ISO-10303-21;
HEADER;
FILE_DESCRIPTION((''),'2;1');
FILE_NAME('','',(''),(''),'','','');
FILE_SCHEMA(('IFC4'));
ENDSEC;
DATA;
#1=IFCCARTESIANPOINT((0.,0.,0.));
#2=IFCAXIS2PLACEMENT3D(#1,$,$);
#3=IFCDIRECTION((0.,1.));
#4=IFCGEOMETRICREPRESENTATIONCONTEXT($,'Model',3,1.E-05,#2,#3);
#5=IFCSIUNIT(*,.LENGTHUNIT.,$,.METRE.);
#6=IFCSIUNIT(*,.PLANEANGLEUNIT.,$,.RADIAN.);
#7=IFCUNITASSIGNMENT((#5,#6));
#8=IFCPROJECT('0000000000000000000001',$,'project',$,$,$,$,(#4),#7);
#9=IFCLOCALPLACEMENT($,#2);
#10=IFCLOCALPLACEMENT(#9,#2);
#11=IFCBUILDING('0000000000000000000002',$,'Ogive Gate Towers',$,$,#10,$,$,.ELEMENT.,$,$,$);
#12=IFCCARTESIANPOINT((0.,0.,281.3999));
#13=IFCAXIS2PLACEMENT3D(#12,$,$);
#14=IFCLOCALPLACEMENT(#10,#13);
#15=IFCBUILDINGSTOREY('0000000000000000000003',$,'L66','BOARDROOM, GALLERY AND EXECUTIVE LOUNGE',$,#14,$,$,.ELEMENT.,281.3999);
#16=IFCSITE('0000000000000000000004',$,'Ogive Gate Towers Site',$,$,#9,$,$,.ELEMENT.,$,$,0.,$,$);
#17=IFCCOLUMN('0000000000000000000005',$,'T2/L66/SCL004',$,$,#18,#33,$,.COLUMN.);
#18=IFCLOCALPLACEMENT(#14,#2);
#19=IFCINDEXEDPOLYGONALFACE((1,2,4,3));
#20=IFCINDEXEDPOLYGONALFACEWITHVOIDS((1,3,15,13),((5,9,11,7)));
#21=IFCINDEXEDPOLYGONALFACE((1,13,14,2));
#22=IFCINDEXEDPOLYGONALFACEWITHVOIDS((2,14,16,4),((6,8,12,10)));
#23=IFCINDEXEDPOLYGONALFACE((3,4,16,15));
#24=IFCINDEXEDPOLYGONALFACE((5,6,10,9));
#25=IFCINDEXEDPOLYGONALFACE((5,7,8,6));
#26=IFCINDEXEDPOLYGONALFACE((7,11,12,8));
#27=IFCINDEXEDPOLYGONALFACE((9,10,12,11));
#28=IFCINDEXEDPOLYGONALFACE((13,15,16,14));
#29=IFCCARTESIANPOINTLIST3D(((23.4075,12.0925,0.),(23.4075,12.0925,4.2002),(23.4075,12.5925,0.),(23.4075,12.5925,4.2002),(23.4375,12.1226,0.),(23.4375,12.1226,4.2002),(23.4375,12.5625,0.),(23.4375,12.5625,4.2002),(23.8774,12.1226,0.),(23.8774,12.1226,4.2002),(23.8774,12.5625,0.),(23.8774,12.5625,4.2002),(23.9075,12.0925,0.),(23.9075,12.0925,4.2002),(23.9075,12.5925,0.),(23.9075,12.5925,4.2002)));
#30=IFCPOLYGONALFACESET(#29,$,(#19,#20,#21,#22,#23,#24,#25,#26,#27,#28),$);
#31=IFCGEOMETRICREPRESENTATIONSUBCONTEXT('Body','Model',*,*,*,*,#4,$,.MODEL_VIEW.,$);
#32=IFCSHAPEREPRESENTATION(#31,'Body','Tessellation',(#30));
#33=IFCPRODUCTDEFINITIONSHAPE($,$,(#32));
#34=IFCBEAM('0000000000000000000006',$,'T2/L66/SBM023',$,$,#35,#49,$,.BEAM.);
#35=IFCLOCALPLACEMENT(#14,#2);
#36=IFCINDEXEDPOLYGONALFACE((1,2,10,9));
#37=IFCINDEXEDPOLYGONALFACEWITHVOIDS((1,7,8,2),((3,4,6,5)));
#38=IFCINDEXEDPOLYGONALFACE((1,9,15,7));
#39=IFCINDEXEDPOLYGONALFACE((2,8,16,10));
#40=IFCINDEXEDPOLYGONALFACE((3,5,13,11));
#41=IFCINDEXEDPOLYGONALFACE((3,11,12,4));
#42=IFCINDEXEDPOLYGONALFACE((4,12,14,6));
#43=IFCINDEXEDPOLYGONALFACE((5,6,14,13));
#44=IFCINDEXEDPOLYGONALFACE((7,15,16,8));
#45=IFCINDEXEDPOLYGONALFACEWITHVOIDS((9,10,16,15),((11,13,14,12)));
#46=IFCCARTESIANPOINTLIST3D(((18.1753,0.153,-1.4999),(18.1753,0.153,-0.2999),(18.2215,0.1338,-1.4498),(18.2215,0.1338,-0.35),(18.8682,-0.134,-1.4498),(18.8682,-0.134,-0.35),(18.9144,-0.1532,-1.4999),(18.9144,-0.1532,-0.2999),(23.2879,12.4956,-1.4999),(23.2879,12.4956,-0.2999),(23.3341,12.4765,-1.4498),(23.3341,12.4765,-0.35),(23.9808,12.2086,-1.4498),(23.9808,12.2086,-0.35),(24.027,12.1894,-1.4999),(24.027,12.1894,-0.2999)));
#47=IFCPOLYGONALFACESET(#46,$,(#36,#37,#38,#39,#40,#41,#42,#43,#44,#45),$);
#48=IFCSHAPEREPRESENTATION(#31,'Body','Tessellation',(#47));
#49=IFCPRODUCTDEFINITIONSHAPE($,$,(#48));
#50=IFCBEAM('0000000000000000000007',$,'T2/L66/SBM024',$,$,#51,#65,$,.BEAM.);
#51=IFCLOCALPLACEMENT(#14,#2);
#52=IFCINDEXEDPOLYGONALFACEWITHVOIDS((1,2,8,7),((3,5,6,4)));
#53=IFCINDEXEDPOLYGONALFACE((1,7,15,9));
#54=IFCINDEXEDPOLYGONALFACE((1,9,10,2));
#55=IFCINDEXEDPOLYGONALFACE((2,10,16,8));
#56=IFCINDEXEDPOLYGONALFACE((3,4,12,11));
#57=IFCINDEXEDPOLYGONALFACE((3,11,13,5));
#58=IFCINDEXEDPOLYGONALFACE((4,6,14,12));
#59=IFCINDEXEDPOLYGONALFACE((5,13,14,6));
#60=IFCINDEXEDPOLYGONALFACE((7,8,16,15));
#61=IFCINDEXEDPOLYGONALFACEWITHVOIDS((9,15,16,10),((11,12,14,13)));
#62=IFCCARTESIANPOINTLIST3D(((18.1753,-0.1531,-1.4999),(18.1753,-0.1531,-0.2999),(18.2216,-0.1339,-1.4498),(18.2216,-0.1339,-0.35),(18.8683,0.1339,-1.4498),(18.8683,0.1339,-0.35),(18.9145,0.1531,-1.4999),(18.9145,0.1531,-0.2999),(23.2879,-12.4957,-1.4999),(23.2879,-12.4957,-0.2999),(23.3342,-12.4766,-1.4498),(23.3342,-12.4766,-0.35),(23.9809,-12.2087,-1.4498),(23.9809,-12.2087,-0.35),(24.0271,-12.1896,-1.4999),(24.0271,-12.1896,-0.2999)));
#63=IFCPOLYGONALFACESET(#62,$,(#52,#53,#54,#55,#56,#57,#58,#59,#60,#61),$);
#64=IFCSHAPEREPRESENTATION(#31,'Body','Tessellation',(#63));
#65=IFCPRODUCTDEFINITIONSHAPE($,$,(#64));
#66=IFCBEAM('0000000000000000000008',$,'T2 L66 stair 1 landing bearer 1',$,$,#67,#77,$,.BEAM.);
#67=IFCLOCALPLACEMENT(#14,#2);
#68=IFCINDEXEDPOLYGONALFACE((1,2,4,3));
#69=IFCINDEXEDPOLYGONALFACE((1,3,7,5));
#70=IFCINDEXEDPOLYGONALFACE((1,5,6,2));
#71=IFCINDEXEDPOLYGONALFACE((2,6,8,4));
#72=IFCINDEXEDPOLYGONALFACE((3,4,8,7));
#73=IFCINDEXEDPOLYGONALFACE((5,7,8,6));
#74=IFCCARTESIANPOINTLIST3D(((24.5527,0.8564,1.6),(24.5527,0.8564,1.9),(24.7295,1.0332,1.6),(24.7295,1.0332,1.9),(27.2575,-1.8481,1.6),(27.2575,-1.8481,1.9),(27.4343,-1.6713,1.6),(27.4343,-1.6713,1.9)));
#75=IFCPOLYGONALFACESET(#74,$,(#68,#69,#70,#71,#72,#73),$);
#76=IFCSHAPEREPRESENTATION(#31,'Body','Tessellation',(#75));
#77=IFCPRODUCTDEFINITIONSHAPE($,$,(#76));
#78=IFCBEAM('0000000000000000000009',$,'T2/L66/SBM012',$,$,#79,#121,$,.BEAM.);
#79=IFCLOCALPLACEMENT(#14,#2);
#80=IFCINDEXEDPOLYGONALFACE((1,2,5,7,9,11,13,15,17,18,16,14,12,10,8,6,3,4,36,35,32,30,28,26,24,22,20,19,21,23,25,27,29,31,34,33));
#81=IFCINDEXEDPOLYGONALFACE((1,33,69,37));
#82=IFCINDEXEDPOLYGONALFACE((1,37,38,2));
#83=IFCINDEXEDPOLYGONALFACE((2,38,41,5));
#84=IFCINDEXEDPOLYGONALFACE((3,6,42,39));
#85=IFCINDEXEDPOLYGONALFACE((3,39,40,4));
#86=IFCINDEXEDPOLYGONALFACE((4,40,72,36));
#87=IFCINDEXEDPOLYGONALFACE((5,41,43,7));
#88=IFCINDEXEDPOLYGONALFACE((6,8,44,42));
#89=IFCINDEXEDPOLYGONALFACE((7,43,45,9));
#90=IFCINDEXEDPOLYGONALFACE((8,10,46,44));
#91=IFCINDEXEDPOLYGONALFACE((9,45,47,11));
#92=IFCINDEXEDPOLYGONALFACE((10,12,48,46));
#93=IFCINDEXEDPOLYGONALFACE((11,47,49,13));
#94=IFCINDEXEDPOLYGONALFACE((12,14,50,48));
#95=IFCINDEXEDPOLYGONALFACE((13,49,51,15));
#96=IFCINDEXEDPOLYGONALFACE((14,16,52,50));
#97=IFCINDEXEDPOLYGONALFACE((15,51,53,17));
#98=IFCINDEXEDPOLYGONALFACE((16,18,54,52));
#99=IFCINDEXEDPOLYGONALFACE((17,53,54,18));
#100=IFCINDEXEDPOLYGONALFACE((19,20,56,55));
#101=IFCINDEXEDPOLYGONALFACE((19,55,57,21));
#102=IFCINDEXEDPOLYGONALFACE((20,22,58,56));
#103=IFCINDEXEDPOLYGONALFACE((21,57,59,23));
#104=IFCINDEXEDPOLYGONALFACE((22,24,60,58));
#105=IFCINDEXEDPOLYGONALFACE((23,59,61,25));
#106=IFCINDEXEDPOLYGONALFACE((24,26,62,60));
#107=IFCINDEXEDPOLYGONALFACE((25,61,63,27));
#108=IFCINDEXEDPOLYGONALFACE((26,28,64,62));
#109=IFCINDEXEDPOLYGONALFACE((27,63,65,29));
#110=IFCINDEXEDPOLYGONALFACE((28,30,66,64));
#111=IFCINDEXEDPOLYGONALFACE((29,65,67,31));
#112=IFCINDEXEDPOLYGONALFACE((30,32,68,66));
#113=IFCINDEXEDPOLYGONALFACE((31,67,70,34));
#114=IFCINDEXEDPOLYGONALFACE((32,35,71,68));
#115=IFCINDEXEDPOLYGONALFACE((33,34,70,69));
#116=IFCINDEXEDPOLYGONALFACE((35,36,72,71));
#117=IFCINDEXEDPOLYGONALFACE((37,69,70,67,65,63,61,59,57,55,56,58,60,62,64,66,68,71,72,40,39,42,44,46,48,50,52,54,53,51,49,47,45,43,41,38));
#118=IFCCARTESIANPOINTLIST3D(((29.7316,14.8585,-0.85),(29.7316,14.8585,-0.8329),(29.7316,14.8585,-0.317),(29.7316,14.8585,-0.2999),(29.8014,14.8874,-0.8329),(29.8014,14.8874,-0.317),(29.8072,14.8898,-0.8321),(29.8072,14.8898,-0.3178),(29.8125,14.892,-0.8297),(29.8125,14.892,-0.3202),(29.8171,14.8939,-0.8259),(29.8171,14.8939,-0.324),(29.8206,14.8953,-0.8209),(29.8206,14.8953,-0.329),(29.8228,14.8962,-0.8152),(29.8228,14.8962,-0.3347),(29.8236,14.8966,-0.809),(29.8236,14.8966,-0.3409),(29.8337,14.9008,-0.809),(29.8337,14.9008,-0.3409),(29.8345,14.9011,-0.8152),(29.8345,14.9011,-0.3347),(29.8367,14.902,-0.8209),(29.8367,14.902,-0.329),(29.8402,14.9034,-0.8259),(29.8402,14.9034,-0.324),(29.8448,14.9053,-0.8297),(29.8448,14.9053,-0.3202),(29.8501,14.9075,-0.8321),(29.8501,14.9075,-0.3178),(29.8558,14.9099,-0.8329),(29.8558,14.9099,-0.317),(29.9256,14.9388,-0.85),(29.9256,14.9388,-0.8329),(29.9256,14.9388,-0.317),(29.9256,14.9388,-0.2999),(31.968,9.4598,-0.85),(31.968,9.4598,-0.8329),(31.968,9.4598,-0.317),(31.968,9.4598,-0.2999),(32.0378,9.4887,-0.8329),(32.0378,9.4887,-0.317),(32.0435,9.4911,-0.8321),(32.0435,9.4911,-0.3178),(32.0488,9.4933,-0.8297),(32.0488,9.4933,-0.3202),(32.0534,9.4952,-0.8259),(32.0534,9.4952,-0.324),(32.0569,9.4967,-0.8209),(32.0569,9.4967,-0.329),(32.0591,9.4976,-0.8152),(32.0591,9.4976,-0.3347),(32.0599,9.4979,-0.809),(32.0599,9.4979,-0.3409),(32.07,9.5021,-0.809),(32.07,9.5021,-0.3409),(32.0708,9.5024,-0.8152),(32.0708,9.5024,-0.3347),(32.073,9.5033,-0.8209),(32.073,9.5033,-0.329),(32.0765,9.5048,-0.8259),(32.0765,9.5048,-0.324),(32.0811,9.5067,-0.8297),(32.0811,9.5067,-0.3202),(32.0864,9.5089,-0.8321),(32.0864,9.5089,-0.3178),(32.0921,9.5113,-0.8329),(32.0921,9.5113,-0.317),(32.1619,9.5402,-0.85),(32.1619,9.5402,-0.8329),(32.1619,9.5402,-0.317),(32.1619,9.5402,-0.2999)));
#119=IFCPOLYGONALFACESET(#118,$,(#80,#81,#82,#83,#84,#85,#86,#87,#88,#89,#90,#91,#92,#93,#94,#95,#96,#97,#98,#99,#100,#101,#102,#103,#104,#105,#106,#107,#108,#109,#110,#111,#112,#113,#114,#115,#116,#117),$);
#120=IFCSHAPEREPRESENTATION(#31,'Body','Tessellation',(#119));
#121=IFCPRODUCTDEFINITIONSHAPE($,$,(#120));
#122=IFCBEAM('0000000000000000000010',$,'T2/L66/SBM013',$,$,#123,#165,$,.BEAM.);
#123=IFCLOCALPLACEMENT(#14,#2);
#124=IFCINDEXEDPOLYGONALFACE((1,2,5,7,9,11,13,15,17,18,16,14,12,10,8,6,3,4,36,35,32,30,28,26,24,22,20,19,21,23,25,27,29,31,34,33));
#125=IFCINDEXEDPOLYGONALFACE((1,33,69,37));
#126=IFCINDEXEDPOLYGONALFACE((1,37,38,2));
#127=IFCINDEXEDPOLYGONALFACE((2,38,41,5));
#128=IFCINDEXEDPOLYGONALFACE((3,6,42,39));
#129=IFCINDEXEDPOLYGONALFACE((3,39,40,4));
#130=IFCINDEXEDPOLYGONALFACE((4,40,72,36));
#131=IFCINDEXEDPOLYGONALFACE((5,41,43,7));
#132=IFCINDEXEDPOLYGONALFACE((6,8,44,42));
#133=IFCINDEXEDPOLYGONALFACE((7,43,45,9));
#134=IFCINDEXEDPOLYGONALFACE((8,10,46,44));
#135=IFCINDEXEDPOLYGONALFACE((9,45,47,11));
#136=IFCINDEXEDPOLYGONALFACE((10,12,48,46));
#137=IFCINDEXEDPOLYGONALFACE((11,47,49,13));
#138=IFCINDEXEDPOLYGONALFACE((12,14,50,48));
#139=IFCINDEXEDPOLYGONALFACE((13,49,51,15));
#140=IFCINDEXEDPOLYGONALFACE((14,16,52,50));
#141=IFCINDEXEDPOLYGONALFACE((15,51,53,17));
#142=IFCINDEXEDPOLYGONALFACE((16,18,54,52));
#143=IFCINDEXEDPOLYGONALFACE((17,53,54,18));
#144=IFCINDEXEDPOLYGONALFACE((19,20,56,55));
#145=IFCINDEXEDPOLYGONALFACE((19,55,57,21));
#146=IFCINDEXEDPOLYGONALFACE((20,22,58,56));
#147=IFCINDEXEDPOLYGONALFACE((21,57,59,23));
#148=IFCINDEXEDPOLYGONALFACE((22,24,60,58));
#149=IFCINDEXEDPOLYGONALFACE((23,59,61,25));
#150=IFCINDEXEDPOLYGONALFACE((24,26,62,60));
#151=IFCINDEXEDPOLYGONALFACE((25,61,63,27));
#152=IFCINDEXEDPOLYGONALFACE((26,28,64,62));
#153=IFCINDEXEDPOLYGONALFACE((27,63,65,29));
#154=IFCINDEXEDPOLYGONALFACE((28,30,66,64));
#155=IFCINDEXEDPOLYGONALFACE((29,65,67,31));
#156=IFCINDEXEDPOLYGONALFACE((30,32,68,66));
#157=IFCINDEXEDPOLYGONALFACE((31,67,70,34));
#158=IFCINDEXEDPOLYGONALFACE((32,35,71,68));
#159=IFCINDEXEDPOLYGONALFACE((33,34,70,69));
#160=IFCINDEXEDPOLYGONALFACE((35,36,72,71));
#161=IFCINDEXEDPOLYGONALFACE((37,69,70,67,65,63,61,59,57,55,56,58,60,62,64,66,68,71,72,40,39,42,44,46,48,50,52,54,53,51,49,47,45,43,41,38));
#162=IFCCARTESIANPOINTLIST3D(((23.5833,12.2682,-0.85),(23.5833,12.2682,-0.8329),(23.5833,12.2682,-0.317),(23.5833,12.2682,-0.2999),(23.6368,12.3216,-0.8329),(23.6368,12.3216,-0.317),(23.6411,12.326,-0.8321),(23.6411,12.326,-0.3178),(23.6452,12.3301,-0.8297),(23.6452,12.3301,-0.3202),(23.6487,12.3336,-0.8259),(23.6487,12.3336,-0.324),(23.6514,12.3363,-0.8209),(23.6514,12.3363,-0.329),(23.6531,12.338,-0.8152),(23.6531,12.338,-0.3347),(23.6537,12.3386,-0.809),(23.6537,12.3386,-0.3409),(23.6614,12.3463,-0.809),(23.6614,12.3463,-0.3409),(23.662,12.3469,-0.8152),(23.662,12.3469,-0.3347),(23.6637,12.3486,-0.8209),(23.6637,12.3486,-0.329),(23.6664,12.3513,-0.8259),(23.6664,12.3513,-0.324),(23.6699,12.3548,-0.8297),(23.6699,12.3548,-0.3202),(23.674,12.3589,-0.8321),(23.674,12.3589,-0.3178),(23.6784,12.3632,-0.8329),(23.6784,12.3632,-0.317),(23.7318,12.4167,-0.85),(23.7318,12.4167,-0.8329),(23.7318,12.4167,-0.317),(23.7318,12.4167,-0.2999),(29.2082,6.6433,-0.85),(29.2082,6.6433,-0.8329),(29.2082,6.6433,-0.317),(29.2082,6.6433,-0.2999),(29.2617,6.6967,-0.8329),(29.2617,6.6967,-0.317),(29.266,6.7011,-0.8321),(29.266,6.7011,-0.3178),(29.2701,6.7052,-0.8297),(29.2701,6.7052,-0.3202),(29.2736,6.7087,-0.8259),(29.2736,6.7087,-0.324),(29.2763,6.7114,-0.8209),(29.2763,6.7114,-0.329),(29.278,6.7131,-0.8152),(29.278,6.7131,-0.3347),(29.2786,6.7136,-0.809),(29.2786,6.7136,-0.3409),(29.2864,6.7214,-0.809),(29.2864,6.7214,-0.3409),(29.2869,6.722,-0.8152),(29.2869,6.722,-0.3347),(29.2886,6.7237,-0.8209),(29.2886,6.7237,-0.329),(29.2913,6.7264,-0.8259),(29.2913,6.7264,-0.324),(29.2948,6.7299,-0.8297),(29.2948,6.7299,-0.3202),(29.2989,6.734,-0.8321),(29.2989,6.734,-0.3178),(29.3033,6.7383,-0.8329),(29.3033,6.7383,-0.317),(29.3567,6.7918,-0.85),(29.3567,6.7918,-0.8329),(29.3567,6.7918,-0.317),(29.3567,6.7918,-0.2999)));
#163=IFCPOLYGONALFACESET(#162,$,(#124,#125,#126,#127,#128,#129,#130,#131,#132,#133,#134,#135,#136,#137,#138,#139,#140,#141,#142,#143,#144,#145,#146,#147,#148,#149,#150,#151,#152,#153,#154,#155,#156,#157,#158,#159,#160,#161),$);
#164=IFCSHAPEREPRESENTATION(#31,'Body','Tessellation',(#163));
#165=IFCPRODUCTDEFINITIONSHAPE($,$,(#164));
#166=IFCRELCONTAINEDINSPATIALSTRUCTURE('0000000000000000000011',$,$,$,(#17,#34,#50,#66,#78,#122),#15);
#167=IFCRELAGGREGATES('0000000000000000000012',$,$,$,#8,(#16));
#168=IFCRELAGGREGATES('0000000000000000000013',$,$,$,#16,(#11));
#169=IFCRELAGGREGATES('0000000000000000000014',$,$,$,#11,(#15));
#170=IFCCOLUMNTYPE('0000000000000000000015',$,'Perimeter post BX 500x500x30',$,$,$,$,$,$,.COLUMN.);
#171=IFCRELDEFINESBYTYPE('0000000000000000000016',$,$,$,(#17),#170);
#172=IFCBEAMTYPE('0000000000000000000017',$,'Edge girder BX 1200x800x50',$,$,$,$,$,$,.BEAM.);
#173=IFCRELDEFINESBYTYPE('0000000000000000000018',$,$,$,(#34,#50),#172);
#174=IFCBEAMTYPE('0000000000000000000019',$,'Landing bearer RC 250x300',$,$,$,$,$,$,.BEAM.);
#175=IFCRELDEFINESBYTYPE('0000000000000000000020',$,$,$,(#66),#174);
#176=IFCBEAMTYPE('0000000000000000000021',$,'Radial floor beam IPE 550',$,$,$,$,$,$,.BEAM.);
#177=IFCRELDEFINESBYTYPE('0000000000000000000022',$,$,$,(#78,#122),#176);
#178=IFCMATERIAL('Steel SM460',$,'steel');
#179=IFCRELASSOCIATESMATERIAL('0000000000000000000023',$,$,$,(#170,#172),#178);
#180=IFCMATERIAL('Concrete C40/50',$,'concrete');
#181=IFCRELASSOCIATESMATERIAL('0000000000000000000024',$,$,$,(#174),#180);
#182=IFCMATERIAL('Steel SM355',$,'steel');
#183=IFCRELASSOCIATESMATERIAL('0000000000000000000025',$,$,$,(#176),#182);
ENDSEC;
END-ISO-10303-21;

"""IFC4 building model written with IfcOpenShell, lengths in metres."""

from ifc_helpers import new_model, si_unit, direction, frame, origin, origin_2d, place, context, subcontext, project, spatial, rectangle, hollow_rectangle, i_section, extrude, material, material_profile, profile_set, type_object, element, save


model = new_model("IFC4")

# Units and contexts
model_context = context("Model", 3, precision=1e-05, world=origin(), true_north=direction((0.0, 1.0)))
body_context = subcontext(model_context, "Body", "Model", "MODEL_VIEW")
ifc_project = project(units=[si_unit("LENGTHUNIT", "METRE"), si_unit("PLANEANGLEUNIT", "RADIAN")], contexts=[model_context])

# Site, building, storey
site_placement = place(None, origin())
site = spatial("IfcSite", under=ifc_project, at=site_placement, Name="Ogive Gate Towers Site", CompositionType="ELEMENT", RefElevation=0.0)
building_placement = place(site_placement, origin())
building = spatial("IfcBuilding", under=site, at=building_placement, Name="Ogive Gate Towers", CompositionType="ELEMENT")
storey_placement = place(building_placement, frame((0.0, 0.0, 281.3999)))
storey = spatial("IfcBuildingStorey", under=building, at=storey_placement, Name="L66", Description="BOARDROOM, GALLERY AND EXECUTIVE LOUNGE", CompositionType="ELEMENT", Elevation=281.3999)

# Column
ifc_material_1 = material(Name="Steel SM460", Category="steel")
ifc_material_profile_1 = material_profile(ifc_material_1, hollow_rectangle(XDim=0.5, YDim=0.5, WallThickness=0.03, at=origin_2d()), Name="BX 500x500x30")
ifc_profile_set_1 = profile_set([ifc_material_profile_1], Name="Steel SM460")
column_type = type_object("IfcColumnType", Name="Perimeter post BX 500x500x30", PredefinedType="COLUMN", material=ifc_profile_set_1)
column_placement = place(storey_placement, frame((23.6575, 12.3425, 0.0), z_axis=(0.0, 0.0, 1.0), x_axis=(1.0, 0.0, 0.0)))
element("IfcColumn", 1, at=column_placement, inside=storey, type_object=column_type, Name="T2/L66/SCL004", PredefinedType="COLUMN", context=body_context, shape_type="SweptSolid", body=[
    extrude(hollow_rectangle(XDim=0.5, YDim=0.5, WallThickness=0.03, at=origin_2d()), origin(), (0.0, 0.0, 1.0), 4.2002),
])

# Beams
ifc_material_profile_2 = material_profile(ifc_material_1, hollow_rectangle(XDim=0.8, YDim=1.2, WallThickness=0.05, at=origin_2d()), Name="BX 1200x800x50")
ifc_profile_set_2 = profile_set([ifc_material_profile_2], Name="Steel SM460")
beam_type_1 = type_object("IfcBeamType", Name="Edge girder BX 1200x800x50", PredefinedType="BEAM", material=ifc_profile_set_2)
for number, where, z_axis, x_axis, name in (
    (2, (23.6575, 12.3425, -0.8999), (-0.38269, -0.923877, 0.0), (0.923877, -0.38269, 0.0), "T2/L66/SBM023"),
    (3, (18.5449, 0.0, -0.8999), (0.38269, -0.923877, 0.0), (0.923877, 0.38269, 0.0), "T2/L66/SBM024"),
):
    element("IfcBeam", number, at=place(storey_placement, frame(where, z_axis=z_axis, x_axis=x_axis)), inside=storey, type_object=beam_type_1, Name=name, PredefinedType="BEAM", context=body_context, shape_type="SweptSolid", body=[
        extrude(hollow_rectangle(XDim=0.8, YDim=1.2, WallThickness=0.05, at=origin_2d()), origin(), (0.0, 0.0, 1.0), 13.3596),
    ])
ifc_material_2 = material(Name="Concrete C40/50", Category="concrete")
ifc_material_profile_3 = material_profile(ifc_material_2, rectangle(XDim=0.25, YDim=0.3, at=origin_2d()), Name="RC 250x300")
ifc_profile_set_3 = profile_set([ifc_material_profile_3], Name="Concrete C40/50")
beam_type_2 = type_object("IfcBeamType", Name="Landing bearer RC 250x300", PredefinedType="BEAM", material=ifc_profile_set_3)
beam_1_placement = place(storey_placement, frame((24.6411, 0.9448, 1.75), z_axis=(0.707139, -0.707075, 0.0), x_axis=(0.707075, 0.707139, 0.0)))
element("IfcBeam", 4, at=beam_1_placement, inside=storey, type_object=beam_type_2, Name="T2 L66 stair 1 landing bearer 1", PredefinedType="BEAM", context=body_context, shape_type="SweptSolid", body=[
    extrude(rectangle(XDim=0.25, YDim=0.3, at=origin_2d()), origin(), (0.0, 0.0, 1.0), 3.825),
])
ifc_material_3 = material(Name="Steel SM355", Category="steel")
ifc_material_profile_4 = material_profile(ifc_material_3, i_section(OverallWidth=0.21, OverallDepth=0.55, WebThickness=0.011, FlangeThickness=0.0171, FilletRadius=0.0239, at=origin_2d()), Name="IPE 550")
ifc_profile_set_4 = profile_set([ifc_material_profile_4], Name="Steel SM355")
beam_type_3 = type_object("IfcBeamType", Name="Radial floor beam IPE 550", PredefinedType="BEAM", material=ifc_profile_set_4)
beam_2_placement = place(storey_placement, frame((32.0649, 9.5, -0.575), z_axis=(-0.382701, 0.923872, 0.0), x_axis=(-0.923872, -0.382701, 0.0)))
element("IfcBeam", 5, at=beam_2_placement, inside=storey, type_object=beam_type_3, Name="T2/L66/SBM012", PredefinedType="BEAM", context=body_context, shape_type="SweptSolid", body=[
    extrude(i_section(OverallWidth=0.21, OverallDepth=0.55, WebThickness=0.011, FlangeThickness=0.0171, FilletRadius=0.0239, at=origin_2d()), origin(), (0.0, 0.0, 1.0), 5.8435),
])
beam_3_placement = place(storey_placement, frame((29.2825, 6.7175, -0.575), z_axis=(-0.707107, 0.707107, 0.0), x_axis=(-0.707107, -0.707107, 0.0)))
element("IfcBeam", 6, at=beam_3_placement, inside=storey, type_object=beam_type_3, Name="T2/L66/SBM013", PredefinedType="BEAM", context=body_context, shape_type="SweptSolid", body=[
    extrude(i_section(OverallWidth=0.21, OverallDepth=0.55, WebThickness=0.011, FlangeThickness=0.0171, FilletRadius=0.0239, at=origin_2d()), origin(), (0.0, 0.0, 1.0), 7.9548),
])

save(model, "model.ifc")
